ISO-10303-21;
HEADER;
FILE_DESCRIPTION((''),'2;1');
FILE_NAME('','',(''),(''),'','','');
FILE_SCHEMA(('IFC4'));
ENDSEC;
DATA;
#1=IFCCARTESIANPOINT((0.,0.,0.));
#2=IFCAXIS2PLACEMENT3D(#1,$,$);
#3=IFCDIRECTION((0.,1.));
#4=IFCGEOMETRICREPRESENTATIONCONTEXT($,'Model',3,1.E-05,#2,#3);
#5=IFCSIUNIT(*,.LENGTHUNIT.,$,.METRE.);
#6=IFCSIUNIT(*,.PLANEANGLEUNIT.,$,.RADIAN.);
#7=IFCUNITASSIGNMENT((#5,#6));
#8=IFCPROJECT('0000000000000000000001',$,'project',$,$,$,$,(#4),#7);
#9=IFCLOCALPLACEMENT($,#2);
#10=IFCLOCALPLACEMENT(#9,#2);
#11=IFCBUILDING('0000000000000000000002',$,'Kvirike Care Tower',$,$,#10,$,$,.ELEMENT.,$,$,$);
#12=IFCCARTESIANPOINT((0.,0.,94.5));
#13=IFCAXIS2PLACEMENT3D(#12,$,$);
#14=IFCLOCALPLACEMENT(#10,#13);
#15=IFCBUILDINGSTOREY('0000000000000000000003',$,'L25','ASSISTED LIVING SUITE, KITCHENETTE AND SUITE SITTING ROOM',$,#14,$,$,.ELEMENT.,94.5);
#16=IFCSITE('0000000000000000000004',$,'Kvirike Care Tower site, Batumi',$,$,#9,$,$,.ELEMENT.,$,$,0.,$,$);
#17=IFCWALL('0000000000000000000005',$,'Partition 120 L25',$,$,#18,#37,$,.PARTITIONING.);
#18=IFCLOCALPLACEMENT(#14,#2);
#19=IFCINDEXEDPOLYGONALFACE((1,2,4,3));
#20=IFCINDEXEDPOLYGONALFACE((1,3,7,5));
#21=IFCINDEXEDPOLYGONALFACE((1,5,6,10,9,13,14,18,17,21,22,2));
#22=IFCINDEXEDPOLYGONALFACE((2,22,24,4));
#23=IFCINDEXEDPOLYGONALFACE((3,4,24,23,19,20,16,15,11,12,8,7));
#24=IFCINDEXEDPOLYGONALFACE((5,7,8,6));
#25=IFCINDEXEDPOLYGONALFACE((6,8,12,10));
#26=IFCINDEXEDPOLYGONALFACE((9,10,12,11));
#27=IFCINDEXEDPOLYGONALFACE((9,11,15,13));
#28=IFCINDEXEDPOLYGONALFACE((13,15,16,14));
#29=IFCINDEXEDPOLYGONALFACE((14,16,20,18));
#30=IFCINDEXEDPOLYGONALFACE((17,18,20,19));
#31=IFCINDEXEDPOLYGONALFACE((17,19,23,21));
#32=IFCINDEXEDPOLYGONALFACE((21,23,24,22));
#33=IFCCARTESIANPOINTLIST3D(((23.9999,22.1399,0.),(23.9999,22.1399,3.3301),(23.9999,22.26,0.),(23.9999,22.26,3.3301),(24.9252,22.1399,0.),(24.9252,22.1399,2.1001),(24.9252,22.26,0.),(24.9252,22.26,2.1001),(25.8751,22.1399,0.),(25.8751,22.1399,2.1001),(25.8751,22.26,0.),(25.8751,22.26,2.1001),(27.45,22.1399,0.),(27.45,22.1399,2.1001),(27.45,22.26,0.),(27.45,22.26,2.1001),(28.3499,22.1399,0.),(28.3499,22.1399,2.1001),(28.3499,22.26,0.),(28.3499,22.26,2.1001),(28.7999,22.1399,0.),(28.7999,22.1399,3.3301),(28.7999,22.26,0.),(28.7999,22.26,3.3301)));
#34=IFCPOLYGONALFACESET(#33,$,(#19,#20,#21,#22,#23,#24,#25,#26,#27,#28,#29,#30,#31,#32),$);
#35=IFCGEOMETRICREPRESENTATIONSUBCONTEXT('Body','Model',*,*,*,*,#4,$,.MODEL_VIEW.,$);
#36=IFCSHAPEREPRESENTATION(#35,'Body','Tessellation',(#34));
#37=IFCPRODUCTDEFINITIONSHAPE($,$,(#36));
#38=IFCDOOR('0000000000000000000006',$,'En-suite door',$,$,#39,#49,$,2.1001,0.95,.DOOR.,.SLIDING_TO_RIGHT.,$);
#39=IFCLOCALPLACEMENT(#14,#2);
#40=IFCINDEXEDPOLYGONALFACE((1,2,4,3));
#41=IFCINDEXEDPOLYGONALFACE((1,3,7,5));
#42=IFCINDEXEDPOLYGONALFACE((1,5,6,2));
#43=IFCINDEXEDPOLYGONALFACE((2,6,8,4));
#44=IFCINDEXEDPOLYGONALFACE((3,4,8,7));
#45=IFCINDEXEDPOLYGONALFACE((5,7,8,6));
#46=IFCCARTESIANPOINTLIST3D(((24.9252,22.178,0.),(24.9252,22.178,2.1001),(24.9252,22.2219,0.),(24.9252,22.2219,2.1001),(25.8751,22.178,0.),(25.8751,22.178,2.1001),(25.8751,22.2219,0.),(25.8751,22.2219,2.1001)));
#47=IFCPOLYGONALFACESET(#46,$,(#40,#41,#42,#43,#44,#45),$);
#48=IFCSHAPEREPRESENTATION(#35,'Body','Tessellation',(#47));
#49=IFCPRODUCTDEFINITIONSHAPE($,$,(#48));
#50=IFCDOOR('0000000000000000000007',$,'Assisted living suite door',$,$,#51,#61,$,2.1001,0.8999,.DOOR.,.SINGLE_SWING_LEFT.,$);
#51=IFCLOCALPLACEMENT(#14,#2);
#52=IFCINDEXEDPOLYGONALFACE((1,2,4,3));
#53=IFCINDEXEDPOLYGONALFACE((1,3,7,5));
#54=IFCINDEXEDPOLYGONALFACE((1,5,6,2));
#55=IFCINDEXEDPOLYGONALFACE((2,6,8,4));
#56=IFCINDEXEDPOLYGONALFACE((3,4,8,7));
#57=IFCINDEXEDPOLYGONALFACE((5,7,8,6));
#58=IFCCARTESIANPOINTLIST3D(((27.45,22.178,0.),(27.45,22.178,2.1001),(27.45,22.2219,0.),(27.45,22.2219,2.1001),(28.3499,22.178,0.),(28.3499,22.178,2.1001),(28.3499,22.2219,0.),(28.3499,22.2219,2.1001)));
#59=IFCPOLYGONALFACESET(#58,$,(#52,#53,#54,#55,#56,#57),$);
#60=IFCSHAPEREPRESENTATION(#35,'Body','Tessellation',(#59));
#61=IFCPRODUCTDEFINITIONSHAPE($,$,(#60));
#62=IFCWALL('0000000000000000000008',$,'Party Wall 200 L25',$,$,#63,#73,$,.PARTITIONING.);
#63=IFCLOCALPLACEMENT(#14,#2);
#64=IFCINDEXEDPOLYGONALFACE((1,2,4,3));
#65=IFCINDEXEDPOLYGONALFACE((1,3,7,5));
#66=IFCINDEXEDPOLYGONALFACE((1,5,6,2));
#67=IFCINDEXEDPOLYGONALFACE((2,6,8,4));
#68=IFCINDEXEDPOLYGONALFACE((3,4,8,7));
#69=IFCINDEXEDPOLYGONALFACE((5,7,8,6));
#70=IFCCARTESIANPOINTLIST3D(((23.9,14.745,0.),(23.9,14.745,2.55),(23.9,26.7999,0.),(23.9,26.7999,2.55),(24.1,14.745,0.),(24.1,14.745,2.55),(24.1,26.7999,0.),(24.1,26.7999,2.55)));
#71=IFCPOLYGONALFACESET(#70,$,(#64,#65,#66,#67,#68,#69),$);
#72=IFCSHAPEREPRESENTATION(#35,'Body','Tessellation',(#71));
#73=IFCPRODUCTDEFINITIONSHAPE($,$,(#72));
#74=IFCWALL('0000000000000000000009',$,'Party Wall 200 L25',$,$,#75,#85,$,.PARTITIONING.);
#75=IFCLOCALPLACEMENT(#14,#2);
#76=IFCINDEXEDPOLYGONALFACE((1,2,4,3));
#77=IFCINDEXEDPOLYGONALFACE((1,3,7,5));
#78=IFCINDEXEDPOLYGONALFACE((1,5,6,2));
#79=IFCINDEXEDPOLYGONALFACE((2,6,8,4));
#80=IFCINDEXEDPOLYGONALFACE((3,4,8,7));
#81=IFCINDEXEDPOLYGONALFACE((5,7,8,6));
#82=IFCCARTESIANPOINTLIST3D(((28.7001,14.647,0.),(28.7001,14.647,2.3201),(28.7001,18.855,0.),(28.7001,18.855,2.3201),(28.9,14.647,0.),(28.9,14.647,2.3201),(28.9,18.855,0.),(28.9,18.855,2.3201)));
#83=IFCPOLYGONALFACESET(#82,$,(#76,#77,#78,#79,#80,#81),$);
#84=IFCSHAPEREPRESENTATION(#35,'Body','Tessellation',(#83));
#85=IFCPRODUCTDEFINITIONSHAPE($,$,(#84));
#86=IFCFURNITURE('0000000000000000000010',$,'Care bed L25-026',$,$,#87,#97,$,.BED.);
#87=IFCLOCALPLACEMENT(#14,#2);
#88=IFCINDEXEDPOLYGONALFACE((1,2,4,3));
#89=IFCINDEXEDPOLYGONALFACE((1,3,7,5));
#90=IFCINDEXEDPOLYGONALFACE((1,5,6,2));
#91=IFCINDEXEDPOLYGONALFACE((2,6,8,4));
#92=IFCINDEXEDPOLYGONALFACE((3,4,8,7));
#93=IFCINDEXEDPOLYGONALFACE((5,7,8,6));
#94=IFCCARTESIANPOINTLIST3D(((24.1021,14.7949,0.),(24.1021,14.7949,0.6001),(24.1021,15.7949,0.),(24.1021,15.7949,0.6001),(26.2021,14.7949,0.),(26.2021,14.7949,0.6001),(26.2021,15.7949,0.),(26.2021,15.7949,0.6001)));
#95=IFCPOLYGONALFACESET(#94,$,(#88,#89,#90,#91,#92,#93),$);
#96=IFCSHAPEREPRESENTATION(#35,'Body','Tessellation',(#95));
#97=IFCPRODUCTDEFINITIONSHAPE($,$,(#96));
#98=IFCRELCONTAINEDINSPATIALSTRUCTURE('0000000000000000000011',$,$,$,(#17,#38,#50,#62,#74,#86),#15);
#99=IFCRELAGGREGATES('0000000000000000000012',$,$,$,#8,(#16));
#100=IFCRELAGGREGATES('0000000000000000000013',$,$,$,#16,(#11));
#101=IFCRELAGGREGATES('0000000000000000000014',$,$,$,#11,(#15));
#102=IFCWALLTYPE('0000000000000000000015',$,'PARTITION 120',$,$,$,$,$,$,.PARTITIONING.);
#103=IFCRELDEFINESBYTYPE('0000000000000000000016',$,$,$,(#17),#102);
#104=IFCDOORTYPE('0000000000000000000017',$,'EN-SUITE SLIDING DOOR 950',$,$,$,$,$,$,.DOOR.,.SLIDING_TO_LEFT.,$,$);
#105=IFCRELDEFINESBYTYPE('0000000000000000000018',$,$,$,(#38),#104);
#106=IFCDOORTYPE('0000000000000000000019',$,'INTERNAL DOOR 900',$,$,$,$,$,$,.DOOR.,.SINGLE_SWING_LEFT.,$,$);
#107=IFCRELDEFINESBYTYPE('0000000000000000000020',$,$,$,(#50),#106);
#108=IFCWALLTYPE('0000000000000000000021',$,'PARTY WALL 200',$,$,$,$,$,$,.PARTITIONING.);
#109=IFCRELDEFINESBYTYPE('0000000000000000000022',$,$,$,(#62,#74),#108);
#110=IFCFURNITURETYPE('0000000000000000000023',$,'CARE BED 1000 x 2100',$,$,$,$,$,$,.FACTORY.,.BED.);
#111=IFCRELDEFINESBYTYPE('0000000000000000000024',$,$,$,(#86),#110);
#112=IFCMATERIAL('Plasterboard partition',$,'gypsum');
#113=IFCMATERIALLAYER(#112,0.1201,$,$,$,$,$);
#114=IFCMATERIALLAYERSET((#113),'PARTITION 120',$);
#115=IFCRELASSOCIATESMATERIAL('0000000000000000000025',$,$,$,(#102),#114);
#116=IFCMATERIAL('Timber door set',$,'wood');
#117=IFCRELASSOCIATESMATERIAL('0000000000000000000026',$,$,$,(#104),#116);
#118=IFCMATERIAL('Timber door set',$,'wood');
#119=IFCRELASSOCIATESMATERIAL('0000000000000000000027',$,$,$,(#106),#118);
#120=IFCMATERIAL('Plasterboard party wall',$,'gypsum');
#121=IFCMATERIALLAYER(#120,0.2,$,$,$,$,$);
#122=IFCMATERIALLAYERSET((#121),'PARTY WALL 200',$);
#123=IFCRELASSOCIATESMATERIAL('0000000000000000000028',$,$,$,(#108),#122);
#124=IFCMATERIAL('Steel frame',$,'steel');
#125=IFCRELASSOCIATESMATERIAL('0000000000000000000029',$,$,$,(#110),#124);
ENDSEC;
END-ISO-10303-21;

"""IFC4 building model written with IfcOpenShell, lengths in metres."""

from ifc_helpers import new_model, si_unit, direction, frame, frame_2d, origin, origin_2d, place, context, subcontext, project, spatial, rectangle, extrude, material, layer, layer_set, type_object, element, fill, save


model = new_model("IFC4")

# Units and contexts
model_context = context("Model", 3, precision=1e-05, world=origin(), true_north=direction((0.0, 1.0)))
body_context = subcontext(model_context, "Body", "Model", "MODEL_VIEW")
ifc_project = project(units=[si_unit("LENGTHUNIT", "METRE"), si_unit("PLANEANGLEUNIT", "RADIAN")], contexts=[model_context])

# Site, building, storey
site_placement = place(None, origin())
site = spatial("IfcSite", under=ifc_project, at=site_placement, Name="Kvirike Care Tower site, Batumi", CompositionType="ELEMENT", RefElevation=0.0)
building_placement = place(site_placement, origin())
building = spatial("IfcBuilding", under=site, at=building_placement, Name="Kvirike Care Tower", CompositionType="ELEMENT")
storey_placement = place(building_placement, frame((0.0, 0.0, 94.5)))
storey = spatial("IfcBuildingStorey", under=building, at=storey_placement, Name="L25", Description="ASSISTED LIVING SUITE, KITCHENETTE AND SUITE SITTING ROOM", CompositionType="ELEMENT", Elevation=94.5)

# Wall, openings, doors
ifc_material_1 = material(Name="Plasterboard partition", Category="gypsum")
ifc_layer_1 = layer(ifc_material_1, 0.1201)
ifc_layer_set_1 = layer_set([ifc_layer_1], Name="PARTITION 120")
wall_type_1 = type_object("IfcWallType", Name="PARTITION 120", PredefinedType="PARTITIONING", material=ifc_layer_set_1)
wall_1_placement = place(storey_placement, frame((24.0, 22.2, 0.0), z_axis=(0.0, 0.0, 1.0), x_axis=(1.0, 0.0, 0.0)))
wall_1 = element("IfcWall", 1, at=wall_1_placement, inside=storey, type_object=wall_type_1, Name="Partition 120 L25", PredefinedType="PARTITIONING", context=body_context, shape_type="SweptSolid", body=[
    extrude(rectangle(XDim=4.8, YDim=0.1201, at=frame_2d((2.3999, 0.0))), origin(), (0.0, 0.0, 1.0), 3.3301),
])
opening_1_placement = place(wall_1_placement, frame((3.45, 0.0, 0.0)))
opening_1 = element("IfcOpeningElement", 2, at=opening_1_placement, cuts=wall_1, PredefinedType="OPENING", context=body_context, shape_type="SweptSolid", body=[
    extrude(rectangle(XDim=0.8999, YDim=2.1001, at=frame_2d((0.45, 1.05))), frame((0.0, 0.0706, 0.0), z_axis=(0.0, -1.0, 0.0), x_axis=(1.0, 0.0, 0.0)), (0.0, 0.0, 1.0), 0.1411),
])
opening_2_placement = place(wall_1_placement, frame((0.925, 0.0, 0.0)))
opening_2 = element("IfcOpeningElement", 3, at=opening_2_placement, cuts=wall_1, PredefinedType="OPENING", context=body_context, shape_type="SweptSolid", body=[
    extrude(rectangle(XDim=0.95, YDim=2.1001, at=frame_2d((0.4751, 1.05))), frame((0.0, 0.0706, 0.0), z_axis=(0.0, -1.0, 0.0), x_axis=(1.0, 0.0, 0.0)), (0.0, 0.0, 1.0), 0.1411),
])
ifc_material_2 = material(Name="Timber door set", Category="wood")
door_type_1 = type_object("IfcDoorType", Name="EN-SUITE SLIDING DOOR 950", OperationType="SLIDING_TO_LEFT", PredefinedType="DOOR", material=ifc_material_2)
door_1_placement = place(opening_2_placement, origin())
door_1 = element("IfcDoor", 4, at=door_1_placement, inside=storey, type_object=door_type_1, Name="En-suite door", OperationType="SLIDING_TO_RIGHT", OverallHeight=2.1001, OverallWidth=0.95, PredefinedType="DOOR", context=body_context, shape_type="SweptSolid", body=[
    extrude(rectangle(XDim=0.95, YDim=2.1001, at=frame_2d((0.4751, 1.05))), frame((0.0, 0.022, 0.0), z_axis=(0.0, -1.0, 0.0), x_axis=(1.0, 0.0, 0.0)), (0.0, 0.0, 1.0), 0.0439),
])
fill(opening_2, door_1)
ifc_material_3 = material(Name="Timber door set", Category="wood")
door_type_2 = type_object("IfcDoorType", Name="INTERNAL DOOR 900", OperationType="SINGLE_SWING_LEFT", PredefinedType="DOOR", material=ifc_material_3)
door_2_placement = place(opening_1_placement, origin())
door_2 = element("IfcDoor", 5, at=door_2_placement, inside=storey, type_object=door_type_2, Name="Assisted living suite door", OperationType="SINGLE_SWING_LEFT", OverallHeight=2.1001, OverallWidth=0.8999, PredefinedType="DOOR", context=body_context, shape_type="SweptSolid", body=[
    extrude(rectangle(XDim=0.8999, YDim=2.1001, at=frame_2d((0.45, 1.05))), frame((0.0, 0.022, 0.0), z_axis=(0.0, -1.0, 0.0), x_axis=(1.0, 0.0, 0.0)), (0.0, 0.0, 1.0), 0.0439),
])
fill(opening_1, door_2)

# Walls
ifc_material_4 = material(Name="Plasterboard party wall", Category="gypsum")
ifc_layer_2 = layer(ifc_material_4, 0.2)
ifc_layer_set_2 = layer_set([ifc_layer_2], Name="PARTY WALL 200")
wall_type_2 = type_object("IfcWallType", Name="PARTY WALL 200", PredefinedType="PARTITIONING", material=ifc_layer_set_2)
wall_2_placement = place(storey_placement, frame((24.0, 14.7451, 0.0), z_axis=(0.0, 0.0, 1.0), x_axis=(0.0, 1.0, 0.0)))
element("IfcWall", 6, at=wall_2_placement, inside=storey, type_object=wall_type_2, Name="Party Wall 200 L25", PredefinedType="PARTITIONING", context=body_context, shape_type="SweptSolid", body=[
    extrude(rectangle(XDim=12.0549, YDim=0.2, at=frame_2d((6.0273, 0.0))), origin(), (0.0, 0.0, 1.0), 2.55),
])
wall_3_placement = place(storey_placement, frame((28.8, 14.647, 0.0), z_axis=(0.0, 0.0, 1.0), x_axis=(0.0, 1.0, 0.0)))
element("IfcWall", 7, at=wall_3_placement, inside=storey, type_object=wall_type_2, Name="Party Wall 200 L25", PredefinedType="PARTITIONING", context=body_context, shape_type="SweptSolid", body=[
    extrude(rectangle(XDim=4.208, YDim=0.2, at=frame_2d((2.104, 0.0))), origin(), (0.0, 0.0, 1.0), 2.3201),
])

# Furniture
ifc_material_5 = material(Name="Steel frame", Category="steel")
furniture_type = type_object("IfcFurnitureType", Name="CARE BED 1000 x 2100", AssemblyPlace="FACTORY", PredefinedType="BED", material=ifc_material_5)
furniture_placement = place(storey_placement, frame((25.1521, 15.2949, 0.0), z_axis=(0.0, 0.0, 1.0), x_axis=(0.0, 1.0, 0.0)))
element("IfcFurniture", 8, at=furniture_placement, inside=storey, type_object=furniture_type, Name="Care bed L25-026", PredefinedType="BED", context=body_context, shape_type="SweptSolid", body=[
    extrude(rectangle(XDim=1.0, YDim=2.1001, at=origin_2d()), origin(), (0.0, 0.0, 1.0), 0.6001),
])

save(model, "model.ifc")
